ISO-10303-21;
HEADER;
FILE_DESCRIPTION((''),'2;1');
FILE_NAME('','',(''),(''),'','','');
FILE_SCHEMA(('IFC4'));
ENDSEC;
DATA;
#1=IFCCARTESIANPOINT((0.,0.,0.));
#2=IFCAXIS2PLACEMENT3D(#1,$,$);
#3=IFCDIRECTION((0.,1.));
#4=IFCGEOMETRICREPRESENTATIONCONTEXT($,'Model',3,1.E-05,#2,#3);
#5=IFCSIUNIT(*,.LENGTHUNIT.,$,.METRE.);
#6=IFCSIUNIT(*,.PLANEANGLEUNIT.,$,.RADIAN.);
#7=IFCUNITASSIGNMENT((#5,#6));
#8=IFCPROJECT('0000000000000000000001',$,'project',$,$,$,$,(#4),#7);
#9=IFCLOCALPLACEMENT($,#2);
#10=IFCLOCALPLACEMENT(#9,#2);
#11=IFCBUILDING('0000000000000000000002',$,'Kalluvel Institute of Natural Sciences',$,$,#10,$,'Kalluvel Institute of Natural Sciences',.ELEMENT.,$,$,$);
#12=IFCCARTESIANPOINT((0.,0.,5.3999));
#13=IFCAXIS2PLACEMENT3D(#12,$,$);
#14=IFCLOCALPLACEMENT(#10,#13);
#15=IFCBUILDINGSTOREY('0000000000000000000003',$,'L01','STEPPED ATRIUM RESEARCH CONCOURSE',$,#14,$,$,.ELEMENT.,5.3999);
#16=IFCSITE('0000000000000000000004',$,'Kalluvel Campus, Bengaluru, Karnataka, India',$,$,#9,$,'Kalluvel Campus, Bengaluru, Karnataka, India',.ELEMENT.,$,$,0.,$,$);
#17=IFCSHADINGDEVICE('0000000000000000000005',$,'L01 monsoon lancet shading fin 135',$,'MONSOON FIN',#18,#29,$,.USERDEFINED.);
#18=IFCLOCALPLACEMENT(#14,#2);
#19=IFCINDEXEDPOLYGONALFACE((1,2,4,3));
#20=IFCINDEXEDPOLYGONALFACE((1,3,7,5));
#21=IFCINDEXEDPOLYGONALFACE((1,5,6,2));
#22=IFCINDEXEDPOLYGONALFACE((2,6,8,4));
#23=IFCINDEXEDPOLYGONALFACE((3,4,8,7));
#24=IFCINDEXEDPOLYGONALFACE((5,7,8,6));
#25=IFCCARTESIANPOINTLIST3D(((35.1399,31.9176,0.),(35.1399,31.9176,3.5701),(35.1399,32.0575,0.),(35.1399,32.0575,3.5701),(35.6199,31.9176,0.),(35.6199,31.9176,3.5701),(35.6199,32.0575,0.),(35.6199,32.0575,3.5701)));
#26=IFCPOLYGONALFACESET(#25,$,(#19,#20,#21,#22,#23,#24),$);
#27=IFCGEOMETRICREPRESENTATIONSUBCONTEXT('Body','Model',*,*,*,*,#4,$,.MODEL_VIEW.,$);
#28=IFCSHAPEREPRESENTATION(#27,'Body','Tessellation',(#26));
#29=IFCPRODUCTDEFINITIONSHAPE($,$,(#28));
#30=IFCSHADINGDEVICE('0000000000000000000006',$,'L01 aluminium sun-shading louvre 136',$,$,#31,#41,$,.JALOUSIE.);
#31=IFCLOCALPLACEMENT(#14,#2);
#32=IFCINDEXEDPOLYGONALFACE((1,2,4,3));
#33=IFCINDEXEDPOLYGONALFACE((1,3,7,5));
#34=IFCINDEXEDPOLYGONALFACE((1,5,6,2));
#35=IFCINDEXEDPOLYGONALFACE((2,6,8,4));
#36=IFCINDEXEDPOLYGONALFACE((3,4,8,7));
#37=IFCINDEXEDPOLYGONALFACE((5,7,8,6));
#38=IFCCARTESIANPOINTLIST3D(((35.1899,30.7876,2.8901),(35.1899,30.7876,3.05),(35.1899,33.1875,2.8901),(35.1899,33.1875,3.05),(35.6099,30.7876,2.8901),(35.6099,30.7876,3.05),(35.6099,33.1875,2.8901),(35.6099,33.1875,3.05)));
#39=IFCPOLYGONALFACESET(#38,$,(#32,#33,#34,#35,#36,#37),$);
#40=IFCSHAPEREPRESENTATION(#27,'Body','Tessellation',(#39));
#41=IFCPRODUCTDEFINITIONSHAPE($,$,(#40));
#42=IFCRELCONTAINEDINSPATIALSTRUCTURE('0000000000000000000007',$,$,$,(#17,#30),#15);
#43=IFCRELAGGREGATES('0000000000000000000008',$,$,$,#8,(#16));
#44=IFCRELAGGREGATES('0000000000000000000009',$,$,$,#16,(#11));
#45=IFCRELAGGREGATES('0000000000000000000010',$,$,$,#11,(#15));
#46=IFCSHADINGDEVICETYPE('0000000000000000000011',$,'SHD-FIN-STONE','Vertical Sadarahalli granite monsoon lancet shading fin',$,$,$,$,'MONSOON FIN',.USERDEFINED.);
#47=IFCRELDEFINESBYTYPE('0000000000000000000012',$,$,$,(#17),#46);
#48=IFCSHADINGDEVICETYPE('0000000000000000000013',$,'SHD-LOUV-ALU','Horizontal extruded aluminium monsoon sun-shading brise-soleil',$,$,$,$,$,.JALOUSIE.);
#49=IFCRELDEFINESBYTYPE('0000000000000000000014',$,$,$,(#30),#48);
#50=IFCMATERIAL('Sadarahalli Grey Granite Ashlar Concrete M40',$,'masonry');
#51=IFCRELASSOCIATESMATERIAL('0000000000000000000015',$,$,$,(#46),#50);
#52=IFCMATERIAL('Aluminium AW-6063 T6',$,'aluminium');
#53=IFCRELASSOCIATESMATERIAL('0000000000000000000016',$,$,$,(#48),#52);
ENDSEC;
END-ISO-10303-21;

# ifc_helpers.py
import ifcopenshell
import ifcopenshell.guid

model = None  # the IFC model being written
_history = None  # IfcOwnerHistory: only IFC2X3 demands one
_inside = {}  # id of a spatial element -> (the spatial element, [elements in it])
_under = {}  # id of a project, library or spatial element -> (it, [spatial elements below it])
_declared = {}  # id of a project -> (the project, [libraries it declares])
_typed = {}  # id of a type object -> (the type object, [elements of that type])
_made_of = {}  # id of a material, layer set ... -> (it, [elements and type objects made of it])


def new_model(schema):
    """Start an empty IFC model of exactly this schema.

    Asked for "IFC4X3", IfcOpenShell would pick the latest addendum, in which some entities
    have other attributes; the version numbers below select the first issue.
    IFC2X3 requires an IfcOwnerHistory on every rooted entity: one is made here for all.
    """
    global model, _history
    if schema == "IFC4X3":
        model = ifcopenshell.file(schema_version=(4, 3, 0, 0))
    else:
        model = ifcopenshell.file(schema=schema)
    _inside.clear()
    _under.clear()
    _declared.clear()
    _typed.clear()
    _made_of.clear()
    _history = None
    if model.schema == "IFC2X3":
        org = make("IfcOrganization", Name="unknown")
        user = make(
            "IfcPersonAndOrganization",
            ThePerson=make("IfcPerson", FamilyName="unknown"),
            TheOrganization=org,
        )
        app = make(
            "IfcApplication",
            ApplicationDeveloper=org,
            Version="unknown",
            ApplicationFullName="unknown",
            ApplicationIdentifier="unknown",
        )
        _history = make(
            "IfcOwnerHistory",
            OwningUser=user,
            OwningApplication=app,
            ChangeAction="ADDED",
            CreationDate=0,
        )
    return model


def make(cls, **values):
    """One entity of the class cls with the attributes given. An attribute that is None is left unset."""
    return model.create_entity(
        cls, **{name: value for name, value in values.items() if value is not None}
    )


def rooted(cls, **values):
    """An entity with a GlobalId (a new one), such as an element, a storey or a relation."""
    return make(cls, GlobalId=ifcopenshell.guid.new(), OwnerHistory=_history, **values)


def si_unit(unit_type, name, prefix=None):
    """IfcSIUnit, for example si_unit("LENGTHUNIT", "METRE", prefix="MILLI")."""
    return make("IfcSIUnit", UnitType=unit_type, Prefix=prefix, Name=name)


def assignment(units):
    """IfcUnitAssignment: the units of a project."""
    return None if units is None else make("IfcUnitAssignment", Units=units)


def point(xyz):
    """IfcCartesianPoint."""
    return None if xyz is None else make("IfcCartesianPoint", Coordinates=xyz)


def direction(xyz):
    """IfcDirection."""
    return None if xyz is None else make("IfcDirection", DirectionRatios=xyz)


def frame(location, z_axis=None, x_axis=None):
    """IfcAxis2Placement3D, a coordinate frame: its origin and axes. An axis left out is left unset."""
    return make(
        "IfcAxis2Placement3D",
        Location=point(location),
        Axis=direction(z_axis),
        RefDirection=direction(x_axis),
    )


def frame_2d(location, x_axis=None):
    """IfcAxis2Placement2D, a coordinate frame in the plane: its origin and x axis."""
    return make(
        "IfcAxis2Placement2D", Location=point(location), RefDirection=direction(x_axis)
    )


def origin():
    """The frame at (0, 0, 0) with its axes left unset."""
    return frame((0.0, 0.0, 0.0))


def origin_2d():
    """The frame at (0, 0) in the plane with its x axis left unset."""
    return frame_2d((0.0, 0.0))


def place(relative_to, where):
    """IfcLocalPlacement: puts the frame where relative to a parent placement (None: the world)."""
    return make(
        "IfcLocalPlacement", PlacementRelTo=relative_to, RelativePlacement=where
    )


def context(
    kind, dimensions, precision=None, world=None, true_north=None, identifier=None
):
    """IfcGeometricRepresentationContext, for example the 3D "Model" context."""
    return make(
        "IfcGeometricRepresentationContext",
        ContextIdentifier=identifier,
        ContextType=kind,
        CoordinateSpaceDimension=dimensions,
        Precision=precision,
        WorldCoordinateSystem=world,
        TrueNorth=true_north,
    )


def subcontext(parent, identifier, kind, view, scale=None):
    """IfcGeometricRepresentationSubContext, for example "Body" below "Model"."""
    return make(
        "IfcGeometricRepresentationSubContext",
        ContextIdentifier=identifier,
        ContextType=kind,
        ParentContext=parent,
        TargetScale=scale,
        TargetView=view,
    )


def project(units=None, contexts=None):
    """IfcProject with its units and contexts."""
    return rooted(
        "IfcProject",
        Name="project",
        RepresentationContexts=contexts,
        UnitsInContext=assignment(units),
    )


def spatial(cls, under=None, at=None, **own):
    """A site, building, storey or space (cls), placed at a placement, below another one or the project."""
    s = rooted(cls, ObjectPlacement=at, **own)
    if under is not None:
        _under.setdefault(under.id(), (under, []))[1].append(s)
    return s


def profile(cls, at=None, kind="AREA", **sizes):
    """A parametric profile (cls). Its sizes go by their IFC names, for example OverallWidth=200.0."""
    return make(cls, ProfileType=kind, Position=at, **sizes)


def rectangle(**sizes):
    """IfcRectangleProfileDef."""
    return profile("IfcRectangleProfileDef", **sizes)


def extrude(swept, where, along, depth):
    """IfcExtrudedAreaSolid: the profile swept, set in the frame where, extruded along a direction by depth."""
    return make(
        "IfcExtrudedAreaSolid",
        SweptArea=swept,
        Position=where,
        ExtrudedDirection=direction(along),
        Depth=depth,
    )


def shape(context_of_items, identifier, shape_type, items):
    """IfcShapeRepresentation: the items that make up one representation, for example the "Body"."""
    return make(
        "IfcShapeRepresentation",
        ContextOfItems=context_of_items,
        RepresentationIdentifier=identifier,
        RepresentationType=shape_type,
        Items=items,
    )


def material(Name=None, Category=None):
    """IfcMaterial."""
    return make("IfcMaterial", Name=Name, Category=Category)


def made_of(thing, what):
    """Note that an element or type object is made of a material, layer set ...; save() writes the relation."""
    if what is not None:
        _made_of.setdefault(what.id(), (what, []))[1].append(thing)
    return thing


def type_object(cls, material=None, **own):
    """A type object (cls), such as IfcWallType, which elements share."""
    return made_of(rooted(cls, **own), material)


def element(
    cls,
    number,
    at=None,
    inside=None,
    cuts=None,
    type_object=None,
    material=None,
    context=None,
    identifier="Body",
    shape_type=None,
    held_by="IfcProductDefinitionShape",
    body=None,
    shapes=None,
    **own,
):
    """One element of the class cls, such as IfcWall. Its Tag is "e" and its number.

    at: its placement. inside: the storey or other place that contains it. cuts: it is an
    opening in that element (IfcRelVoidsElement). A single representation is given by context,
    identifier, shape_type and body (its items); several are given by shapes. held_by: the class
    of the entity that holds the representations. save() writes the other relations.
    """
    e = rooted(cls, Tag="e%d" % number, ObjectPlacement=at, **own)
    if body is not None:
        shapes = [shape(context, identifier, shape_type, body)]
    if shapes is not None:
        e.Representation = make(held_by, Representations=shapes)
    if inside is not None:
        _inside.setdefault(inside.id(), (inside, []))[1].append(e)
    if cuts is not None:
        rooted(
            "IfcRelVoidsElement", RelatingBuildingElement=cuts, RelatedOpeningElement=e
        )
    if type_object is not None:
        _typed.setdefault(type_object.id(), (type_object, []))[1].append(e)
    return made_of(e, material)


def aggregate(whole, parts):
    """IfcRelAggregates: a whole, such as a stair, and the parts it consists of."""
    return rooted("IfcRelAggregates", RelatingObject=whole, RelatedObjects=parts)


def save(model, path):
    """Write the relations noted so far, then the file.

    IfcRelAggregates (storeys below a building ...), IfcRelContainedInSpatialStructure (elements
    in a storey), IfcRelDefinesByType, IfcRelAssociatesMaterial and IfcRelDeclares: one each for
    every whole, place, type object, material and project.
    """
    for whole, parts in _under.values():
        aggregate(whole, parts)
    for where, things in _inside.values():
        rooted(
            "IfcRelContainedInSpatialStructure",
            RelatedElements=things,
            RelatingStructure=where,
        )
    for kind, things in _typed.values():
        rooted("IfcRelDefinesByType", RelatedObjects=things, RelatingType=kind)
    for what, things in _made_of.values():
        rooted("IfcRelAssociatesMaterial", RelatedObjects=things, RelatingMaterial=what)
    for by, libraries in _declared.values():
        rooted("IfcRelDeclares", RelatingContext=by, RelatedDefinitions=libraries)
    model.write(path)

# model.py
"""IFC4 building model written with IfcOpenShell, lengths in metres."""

from ifc_helpers import new_model, si_unit, direction, frame, origin, origin_2d, place, context, subcontext, project, spatial, rectangle, extrude, material, type_object, element, save


model = new_model("IFC4")

# Units and contexts
model_context = context("Model", 3, precision=1e-05, world=origin(), true_north=direction((0.0, 1.0)))
body_context = subcontext(model_context, "Body", "Model", "MODEL_VIEW")
ifc_project = project(units=[si_unit("LENGTHUNIT", "METRE"), si_unit("PLANEANGLEUNIT", "RADIAN")], contexts=[model_context])

# Site, building, storey
site_placement = place(None, origin())
site = spatial("IfcSite", under=ifc_project, at=site_placement, Name="Kalluvel Campus, Bengaluru, Karnataka, India", LongName="Kalluvel Campus, Bengaluru, Karnataka, India", CompositionType="ELEMENT", RefElevation=0.0)
building_placement = place(site_placement, origin())
building = spatial("IfcBuilding", under=site, at=building_placement, Name="Kalluvel Institute of Natural Sciences", LongName="Kalluvel Institute of Natural Sciences", CompositionType="ELEMENT")
storey_placement = place(building_placement, frame((0.0, 0.0, 5.3999)))
storey = spatial("IfcBuildingStorey", under=building, at=storey_placement, Name="L01", Description="STEPPED ATRIUM RESEARCH CONCOURSE", CompositionType="ELEMENT", Elevation=5.3999)

# Shared definitions
ifc_material_1 = material(Name="Aluminium AW-6063 T6", Category="aluminium")

# Shading devices
ifc_material_2 = material(Name="Sadarahalli Grey Granite Ashlar Concrete M40", Category="masonry")
shading_device_type_1 = type_object("IfcShadingDeviceType", Name="SHD-FIN-STONE", Description="Vertical Sadarahalli granite monsoon lancet shading fin", ElementType="MONSOON FIN", PredefinedType="USERDEFINED", material=ifc_material_2)
shading_device_1_placement = place(storey_placement, frame((35.3799, 31.9875, 0.0), z_axis=(0.0, 0.0, 1.0), x_axis=(0.0, 1.0, 0.0)))
element("IfcShadingDevice", 1, at=shading_device_1_placement, inside=storey, type_object=shading_device_type_1, Name="L01 monsoon lancet shading fin 135", ObjectType="MONSOON FIN", PredefinedType="USERDEFINED", context=body_context, shape_type="SweptSolid", body=[
    extrude(rectangle(XDim=0.1399, YDim=0.48, at=origin_2d()), origin(), (0.0, 0.0, 1.0), 3.5701),
])
shading_device_type_2 = type_object("IfcShadingDeviceType", Name="SHD-LOUV-ALU", Description="Horizontal extruded aluminium monsoon sun-shading brise-soleil", PredefinedType="JALOUSIE", material=ifc_material_1)
shading_device_2_placement = place(storey_placement, frame((35.3999, 31.9875, 2.8901), z_axis=(0.0, 0.0, 1.0), x_axis=(0.0, 1.0, 0.0)))
element("IfcShadingDevice", 2, at=shading_device_2_placement, inside=storey, type_object=shading_device_type_2, Name="L01 aluminium sun-shading louvre 136", PredefinedType="JALOUSIE", context=body_context, shape_type="SweptSolid", body=[
    extrude(rectangle(XDim=2.3999, YDim=0.4199, at=origin_2d()), origin(), (0.0, 0.0, 1.0), 0.1599),
])

save(model, "model.ifc")
